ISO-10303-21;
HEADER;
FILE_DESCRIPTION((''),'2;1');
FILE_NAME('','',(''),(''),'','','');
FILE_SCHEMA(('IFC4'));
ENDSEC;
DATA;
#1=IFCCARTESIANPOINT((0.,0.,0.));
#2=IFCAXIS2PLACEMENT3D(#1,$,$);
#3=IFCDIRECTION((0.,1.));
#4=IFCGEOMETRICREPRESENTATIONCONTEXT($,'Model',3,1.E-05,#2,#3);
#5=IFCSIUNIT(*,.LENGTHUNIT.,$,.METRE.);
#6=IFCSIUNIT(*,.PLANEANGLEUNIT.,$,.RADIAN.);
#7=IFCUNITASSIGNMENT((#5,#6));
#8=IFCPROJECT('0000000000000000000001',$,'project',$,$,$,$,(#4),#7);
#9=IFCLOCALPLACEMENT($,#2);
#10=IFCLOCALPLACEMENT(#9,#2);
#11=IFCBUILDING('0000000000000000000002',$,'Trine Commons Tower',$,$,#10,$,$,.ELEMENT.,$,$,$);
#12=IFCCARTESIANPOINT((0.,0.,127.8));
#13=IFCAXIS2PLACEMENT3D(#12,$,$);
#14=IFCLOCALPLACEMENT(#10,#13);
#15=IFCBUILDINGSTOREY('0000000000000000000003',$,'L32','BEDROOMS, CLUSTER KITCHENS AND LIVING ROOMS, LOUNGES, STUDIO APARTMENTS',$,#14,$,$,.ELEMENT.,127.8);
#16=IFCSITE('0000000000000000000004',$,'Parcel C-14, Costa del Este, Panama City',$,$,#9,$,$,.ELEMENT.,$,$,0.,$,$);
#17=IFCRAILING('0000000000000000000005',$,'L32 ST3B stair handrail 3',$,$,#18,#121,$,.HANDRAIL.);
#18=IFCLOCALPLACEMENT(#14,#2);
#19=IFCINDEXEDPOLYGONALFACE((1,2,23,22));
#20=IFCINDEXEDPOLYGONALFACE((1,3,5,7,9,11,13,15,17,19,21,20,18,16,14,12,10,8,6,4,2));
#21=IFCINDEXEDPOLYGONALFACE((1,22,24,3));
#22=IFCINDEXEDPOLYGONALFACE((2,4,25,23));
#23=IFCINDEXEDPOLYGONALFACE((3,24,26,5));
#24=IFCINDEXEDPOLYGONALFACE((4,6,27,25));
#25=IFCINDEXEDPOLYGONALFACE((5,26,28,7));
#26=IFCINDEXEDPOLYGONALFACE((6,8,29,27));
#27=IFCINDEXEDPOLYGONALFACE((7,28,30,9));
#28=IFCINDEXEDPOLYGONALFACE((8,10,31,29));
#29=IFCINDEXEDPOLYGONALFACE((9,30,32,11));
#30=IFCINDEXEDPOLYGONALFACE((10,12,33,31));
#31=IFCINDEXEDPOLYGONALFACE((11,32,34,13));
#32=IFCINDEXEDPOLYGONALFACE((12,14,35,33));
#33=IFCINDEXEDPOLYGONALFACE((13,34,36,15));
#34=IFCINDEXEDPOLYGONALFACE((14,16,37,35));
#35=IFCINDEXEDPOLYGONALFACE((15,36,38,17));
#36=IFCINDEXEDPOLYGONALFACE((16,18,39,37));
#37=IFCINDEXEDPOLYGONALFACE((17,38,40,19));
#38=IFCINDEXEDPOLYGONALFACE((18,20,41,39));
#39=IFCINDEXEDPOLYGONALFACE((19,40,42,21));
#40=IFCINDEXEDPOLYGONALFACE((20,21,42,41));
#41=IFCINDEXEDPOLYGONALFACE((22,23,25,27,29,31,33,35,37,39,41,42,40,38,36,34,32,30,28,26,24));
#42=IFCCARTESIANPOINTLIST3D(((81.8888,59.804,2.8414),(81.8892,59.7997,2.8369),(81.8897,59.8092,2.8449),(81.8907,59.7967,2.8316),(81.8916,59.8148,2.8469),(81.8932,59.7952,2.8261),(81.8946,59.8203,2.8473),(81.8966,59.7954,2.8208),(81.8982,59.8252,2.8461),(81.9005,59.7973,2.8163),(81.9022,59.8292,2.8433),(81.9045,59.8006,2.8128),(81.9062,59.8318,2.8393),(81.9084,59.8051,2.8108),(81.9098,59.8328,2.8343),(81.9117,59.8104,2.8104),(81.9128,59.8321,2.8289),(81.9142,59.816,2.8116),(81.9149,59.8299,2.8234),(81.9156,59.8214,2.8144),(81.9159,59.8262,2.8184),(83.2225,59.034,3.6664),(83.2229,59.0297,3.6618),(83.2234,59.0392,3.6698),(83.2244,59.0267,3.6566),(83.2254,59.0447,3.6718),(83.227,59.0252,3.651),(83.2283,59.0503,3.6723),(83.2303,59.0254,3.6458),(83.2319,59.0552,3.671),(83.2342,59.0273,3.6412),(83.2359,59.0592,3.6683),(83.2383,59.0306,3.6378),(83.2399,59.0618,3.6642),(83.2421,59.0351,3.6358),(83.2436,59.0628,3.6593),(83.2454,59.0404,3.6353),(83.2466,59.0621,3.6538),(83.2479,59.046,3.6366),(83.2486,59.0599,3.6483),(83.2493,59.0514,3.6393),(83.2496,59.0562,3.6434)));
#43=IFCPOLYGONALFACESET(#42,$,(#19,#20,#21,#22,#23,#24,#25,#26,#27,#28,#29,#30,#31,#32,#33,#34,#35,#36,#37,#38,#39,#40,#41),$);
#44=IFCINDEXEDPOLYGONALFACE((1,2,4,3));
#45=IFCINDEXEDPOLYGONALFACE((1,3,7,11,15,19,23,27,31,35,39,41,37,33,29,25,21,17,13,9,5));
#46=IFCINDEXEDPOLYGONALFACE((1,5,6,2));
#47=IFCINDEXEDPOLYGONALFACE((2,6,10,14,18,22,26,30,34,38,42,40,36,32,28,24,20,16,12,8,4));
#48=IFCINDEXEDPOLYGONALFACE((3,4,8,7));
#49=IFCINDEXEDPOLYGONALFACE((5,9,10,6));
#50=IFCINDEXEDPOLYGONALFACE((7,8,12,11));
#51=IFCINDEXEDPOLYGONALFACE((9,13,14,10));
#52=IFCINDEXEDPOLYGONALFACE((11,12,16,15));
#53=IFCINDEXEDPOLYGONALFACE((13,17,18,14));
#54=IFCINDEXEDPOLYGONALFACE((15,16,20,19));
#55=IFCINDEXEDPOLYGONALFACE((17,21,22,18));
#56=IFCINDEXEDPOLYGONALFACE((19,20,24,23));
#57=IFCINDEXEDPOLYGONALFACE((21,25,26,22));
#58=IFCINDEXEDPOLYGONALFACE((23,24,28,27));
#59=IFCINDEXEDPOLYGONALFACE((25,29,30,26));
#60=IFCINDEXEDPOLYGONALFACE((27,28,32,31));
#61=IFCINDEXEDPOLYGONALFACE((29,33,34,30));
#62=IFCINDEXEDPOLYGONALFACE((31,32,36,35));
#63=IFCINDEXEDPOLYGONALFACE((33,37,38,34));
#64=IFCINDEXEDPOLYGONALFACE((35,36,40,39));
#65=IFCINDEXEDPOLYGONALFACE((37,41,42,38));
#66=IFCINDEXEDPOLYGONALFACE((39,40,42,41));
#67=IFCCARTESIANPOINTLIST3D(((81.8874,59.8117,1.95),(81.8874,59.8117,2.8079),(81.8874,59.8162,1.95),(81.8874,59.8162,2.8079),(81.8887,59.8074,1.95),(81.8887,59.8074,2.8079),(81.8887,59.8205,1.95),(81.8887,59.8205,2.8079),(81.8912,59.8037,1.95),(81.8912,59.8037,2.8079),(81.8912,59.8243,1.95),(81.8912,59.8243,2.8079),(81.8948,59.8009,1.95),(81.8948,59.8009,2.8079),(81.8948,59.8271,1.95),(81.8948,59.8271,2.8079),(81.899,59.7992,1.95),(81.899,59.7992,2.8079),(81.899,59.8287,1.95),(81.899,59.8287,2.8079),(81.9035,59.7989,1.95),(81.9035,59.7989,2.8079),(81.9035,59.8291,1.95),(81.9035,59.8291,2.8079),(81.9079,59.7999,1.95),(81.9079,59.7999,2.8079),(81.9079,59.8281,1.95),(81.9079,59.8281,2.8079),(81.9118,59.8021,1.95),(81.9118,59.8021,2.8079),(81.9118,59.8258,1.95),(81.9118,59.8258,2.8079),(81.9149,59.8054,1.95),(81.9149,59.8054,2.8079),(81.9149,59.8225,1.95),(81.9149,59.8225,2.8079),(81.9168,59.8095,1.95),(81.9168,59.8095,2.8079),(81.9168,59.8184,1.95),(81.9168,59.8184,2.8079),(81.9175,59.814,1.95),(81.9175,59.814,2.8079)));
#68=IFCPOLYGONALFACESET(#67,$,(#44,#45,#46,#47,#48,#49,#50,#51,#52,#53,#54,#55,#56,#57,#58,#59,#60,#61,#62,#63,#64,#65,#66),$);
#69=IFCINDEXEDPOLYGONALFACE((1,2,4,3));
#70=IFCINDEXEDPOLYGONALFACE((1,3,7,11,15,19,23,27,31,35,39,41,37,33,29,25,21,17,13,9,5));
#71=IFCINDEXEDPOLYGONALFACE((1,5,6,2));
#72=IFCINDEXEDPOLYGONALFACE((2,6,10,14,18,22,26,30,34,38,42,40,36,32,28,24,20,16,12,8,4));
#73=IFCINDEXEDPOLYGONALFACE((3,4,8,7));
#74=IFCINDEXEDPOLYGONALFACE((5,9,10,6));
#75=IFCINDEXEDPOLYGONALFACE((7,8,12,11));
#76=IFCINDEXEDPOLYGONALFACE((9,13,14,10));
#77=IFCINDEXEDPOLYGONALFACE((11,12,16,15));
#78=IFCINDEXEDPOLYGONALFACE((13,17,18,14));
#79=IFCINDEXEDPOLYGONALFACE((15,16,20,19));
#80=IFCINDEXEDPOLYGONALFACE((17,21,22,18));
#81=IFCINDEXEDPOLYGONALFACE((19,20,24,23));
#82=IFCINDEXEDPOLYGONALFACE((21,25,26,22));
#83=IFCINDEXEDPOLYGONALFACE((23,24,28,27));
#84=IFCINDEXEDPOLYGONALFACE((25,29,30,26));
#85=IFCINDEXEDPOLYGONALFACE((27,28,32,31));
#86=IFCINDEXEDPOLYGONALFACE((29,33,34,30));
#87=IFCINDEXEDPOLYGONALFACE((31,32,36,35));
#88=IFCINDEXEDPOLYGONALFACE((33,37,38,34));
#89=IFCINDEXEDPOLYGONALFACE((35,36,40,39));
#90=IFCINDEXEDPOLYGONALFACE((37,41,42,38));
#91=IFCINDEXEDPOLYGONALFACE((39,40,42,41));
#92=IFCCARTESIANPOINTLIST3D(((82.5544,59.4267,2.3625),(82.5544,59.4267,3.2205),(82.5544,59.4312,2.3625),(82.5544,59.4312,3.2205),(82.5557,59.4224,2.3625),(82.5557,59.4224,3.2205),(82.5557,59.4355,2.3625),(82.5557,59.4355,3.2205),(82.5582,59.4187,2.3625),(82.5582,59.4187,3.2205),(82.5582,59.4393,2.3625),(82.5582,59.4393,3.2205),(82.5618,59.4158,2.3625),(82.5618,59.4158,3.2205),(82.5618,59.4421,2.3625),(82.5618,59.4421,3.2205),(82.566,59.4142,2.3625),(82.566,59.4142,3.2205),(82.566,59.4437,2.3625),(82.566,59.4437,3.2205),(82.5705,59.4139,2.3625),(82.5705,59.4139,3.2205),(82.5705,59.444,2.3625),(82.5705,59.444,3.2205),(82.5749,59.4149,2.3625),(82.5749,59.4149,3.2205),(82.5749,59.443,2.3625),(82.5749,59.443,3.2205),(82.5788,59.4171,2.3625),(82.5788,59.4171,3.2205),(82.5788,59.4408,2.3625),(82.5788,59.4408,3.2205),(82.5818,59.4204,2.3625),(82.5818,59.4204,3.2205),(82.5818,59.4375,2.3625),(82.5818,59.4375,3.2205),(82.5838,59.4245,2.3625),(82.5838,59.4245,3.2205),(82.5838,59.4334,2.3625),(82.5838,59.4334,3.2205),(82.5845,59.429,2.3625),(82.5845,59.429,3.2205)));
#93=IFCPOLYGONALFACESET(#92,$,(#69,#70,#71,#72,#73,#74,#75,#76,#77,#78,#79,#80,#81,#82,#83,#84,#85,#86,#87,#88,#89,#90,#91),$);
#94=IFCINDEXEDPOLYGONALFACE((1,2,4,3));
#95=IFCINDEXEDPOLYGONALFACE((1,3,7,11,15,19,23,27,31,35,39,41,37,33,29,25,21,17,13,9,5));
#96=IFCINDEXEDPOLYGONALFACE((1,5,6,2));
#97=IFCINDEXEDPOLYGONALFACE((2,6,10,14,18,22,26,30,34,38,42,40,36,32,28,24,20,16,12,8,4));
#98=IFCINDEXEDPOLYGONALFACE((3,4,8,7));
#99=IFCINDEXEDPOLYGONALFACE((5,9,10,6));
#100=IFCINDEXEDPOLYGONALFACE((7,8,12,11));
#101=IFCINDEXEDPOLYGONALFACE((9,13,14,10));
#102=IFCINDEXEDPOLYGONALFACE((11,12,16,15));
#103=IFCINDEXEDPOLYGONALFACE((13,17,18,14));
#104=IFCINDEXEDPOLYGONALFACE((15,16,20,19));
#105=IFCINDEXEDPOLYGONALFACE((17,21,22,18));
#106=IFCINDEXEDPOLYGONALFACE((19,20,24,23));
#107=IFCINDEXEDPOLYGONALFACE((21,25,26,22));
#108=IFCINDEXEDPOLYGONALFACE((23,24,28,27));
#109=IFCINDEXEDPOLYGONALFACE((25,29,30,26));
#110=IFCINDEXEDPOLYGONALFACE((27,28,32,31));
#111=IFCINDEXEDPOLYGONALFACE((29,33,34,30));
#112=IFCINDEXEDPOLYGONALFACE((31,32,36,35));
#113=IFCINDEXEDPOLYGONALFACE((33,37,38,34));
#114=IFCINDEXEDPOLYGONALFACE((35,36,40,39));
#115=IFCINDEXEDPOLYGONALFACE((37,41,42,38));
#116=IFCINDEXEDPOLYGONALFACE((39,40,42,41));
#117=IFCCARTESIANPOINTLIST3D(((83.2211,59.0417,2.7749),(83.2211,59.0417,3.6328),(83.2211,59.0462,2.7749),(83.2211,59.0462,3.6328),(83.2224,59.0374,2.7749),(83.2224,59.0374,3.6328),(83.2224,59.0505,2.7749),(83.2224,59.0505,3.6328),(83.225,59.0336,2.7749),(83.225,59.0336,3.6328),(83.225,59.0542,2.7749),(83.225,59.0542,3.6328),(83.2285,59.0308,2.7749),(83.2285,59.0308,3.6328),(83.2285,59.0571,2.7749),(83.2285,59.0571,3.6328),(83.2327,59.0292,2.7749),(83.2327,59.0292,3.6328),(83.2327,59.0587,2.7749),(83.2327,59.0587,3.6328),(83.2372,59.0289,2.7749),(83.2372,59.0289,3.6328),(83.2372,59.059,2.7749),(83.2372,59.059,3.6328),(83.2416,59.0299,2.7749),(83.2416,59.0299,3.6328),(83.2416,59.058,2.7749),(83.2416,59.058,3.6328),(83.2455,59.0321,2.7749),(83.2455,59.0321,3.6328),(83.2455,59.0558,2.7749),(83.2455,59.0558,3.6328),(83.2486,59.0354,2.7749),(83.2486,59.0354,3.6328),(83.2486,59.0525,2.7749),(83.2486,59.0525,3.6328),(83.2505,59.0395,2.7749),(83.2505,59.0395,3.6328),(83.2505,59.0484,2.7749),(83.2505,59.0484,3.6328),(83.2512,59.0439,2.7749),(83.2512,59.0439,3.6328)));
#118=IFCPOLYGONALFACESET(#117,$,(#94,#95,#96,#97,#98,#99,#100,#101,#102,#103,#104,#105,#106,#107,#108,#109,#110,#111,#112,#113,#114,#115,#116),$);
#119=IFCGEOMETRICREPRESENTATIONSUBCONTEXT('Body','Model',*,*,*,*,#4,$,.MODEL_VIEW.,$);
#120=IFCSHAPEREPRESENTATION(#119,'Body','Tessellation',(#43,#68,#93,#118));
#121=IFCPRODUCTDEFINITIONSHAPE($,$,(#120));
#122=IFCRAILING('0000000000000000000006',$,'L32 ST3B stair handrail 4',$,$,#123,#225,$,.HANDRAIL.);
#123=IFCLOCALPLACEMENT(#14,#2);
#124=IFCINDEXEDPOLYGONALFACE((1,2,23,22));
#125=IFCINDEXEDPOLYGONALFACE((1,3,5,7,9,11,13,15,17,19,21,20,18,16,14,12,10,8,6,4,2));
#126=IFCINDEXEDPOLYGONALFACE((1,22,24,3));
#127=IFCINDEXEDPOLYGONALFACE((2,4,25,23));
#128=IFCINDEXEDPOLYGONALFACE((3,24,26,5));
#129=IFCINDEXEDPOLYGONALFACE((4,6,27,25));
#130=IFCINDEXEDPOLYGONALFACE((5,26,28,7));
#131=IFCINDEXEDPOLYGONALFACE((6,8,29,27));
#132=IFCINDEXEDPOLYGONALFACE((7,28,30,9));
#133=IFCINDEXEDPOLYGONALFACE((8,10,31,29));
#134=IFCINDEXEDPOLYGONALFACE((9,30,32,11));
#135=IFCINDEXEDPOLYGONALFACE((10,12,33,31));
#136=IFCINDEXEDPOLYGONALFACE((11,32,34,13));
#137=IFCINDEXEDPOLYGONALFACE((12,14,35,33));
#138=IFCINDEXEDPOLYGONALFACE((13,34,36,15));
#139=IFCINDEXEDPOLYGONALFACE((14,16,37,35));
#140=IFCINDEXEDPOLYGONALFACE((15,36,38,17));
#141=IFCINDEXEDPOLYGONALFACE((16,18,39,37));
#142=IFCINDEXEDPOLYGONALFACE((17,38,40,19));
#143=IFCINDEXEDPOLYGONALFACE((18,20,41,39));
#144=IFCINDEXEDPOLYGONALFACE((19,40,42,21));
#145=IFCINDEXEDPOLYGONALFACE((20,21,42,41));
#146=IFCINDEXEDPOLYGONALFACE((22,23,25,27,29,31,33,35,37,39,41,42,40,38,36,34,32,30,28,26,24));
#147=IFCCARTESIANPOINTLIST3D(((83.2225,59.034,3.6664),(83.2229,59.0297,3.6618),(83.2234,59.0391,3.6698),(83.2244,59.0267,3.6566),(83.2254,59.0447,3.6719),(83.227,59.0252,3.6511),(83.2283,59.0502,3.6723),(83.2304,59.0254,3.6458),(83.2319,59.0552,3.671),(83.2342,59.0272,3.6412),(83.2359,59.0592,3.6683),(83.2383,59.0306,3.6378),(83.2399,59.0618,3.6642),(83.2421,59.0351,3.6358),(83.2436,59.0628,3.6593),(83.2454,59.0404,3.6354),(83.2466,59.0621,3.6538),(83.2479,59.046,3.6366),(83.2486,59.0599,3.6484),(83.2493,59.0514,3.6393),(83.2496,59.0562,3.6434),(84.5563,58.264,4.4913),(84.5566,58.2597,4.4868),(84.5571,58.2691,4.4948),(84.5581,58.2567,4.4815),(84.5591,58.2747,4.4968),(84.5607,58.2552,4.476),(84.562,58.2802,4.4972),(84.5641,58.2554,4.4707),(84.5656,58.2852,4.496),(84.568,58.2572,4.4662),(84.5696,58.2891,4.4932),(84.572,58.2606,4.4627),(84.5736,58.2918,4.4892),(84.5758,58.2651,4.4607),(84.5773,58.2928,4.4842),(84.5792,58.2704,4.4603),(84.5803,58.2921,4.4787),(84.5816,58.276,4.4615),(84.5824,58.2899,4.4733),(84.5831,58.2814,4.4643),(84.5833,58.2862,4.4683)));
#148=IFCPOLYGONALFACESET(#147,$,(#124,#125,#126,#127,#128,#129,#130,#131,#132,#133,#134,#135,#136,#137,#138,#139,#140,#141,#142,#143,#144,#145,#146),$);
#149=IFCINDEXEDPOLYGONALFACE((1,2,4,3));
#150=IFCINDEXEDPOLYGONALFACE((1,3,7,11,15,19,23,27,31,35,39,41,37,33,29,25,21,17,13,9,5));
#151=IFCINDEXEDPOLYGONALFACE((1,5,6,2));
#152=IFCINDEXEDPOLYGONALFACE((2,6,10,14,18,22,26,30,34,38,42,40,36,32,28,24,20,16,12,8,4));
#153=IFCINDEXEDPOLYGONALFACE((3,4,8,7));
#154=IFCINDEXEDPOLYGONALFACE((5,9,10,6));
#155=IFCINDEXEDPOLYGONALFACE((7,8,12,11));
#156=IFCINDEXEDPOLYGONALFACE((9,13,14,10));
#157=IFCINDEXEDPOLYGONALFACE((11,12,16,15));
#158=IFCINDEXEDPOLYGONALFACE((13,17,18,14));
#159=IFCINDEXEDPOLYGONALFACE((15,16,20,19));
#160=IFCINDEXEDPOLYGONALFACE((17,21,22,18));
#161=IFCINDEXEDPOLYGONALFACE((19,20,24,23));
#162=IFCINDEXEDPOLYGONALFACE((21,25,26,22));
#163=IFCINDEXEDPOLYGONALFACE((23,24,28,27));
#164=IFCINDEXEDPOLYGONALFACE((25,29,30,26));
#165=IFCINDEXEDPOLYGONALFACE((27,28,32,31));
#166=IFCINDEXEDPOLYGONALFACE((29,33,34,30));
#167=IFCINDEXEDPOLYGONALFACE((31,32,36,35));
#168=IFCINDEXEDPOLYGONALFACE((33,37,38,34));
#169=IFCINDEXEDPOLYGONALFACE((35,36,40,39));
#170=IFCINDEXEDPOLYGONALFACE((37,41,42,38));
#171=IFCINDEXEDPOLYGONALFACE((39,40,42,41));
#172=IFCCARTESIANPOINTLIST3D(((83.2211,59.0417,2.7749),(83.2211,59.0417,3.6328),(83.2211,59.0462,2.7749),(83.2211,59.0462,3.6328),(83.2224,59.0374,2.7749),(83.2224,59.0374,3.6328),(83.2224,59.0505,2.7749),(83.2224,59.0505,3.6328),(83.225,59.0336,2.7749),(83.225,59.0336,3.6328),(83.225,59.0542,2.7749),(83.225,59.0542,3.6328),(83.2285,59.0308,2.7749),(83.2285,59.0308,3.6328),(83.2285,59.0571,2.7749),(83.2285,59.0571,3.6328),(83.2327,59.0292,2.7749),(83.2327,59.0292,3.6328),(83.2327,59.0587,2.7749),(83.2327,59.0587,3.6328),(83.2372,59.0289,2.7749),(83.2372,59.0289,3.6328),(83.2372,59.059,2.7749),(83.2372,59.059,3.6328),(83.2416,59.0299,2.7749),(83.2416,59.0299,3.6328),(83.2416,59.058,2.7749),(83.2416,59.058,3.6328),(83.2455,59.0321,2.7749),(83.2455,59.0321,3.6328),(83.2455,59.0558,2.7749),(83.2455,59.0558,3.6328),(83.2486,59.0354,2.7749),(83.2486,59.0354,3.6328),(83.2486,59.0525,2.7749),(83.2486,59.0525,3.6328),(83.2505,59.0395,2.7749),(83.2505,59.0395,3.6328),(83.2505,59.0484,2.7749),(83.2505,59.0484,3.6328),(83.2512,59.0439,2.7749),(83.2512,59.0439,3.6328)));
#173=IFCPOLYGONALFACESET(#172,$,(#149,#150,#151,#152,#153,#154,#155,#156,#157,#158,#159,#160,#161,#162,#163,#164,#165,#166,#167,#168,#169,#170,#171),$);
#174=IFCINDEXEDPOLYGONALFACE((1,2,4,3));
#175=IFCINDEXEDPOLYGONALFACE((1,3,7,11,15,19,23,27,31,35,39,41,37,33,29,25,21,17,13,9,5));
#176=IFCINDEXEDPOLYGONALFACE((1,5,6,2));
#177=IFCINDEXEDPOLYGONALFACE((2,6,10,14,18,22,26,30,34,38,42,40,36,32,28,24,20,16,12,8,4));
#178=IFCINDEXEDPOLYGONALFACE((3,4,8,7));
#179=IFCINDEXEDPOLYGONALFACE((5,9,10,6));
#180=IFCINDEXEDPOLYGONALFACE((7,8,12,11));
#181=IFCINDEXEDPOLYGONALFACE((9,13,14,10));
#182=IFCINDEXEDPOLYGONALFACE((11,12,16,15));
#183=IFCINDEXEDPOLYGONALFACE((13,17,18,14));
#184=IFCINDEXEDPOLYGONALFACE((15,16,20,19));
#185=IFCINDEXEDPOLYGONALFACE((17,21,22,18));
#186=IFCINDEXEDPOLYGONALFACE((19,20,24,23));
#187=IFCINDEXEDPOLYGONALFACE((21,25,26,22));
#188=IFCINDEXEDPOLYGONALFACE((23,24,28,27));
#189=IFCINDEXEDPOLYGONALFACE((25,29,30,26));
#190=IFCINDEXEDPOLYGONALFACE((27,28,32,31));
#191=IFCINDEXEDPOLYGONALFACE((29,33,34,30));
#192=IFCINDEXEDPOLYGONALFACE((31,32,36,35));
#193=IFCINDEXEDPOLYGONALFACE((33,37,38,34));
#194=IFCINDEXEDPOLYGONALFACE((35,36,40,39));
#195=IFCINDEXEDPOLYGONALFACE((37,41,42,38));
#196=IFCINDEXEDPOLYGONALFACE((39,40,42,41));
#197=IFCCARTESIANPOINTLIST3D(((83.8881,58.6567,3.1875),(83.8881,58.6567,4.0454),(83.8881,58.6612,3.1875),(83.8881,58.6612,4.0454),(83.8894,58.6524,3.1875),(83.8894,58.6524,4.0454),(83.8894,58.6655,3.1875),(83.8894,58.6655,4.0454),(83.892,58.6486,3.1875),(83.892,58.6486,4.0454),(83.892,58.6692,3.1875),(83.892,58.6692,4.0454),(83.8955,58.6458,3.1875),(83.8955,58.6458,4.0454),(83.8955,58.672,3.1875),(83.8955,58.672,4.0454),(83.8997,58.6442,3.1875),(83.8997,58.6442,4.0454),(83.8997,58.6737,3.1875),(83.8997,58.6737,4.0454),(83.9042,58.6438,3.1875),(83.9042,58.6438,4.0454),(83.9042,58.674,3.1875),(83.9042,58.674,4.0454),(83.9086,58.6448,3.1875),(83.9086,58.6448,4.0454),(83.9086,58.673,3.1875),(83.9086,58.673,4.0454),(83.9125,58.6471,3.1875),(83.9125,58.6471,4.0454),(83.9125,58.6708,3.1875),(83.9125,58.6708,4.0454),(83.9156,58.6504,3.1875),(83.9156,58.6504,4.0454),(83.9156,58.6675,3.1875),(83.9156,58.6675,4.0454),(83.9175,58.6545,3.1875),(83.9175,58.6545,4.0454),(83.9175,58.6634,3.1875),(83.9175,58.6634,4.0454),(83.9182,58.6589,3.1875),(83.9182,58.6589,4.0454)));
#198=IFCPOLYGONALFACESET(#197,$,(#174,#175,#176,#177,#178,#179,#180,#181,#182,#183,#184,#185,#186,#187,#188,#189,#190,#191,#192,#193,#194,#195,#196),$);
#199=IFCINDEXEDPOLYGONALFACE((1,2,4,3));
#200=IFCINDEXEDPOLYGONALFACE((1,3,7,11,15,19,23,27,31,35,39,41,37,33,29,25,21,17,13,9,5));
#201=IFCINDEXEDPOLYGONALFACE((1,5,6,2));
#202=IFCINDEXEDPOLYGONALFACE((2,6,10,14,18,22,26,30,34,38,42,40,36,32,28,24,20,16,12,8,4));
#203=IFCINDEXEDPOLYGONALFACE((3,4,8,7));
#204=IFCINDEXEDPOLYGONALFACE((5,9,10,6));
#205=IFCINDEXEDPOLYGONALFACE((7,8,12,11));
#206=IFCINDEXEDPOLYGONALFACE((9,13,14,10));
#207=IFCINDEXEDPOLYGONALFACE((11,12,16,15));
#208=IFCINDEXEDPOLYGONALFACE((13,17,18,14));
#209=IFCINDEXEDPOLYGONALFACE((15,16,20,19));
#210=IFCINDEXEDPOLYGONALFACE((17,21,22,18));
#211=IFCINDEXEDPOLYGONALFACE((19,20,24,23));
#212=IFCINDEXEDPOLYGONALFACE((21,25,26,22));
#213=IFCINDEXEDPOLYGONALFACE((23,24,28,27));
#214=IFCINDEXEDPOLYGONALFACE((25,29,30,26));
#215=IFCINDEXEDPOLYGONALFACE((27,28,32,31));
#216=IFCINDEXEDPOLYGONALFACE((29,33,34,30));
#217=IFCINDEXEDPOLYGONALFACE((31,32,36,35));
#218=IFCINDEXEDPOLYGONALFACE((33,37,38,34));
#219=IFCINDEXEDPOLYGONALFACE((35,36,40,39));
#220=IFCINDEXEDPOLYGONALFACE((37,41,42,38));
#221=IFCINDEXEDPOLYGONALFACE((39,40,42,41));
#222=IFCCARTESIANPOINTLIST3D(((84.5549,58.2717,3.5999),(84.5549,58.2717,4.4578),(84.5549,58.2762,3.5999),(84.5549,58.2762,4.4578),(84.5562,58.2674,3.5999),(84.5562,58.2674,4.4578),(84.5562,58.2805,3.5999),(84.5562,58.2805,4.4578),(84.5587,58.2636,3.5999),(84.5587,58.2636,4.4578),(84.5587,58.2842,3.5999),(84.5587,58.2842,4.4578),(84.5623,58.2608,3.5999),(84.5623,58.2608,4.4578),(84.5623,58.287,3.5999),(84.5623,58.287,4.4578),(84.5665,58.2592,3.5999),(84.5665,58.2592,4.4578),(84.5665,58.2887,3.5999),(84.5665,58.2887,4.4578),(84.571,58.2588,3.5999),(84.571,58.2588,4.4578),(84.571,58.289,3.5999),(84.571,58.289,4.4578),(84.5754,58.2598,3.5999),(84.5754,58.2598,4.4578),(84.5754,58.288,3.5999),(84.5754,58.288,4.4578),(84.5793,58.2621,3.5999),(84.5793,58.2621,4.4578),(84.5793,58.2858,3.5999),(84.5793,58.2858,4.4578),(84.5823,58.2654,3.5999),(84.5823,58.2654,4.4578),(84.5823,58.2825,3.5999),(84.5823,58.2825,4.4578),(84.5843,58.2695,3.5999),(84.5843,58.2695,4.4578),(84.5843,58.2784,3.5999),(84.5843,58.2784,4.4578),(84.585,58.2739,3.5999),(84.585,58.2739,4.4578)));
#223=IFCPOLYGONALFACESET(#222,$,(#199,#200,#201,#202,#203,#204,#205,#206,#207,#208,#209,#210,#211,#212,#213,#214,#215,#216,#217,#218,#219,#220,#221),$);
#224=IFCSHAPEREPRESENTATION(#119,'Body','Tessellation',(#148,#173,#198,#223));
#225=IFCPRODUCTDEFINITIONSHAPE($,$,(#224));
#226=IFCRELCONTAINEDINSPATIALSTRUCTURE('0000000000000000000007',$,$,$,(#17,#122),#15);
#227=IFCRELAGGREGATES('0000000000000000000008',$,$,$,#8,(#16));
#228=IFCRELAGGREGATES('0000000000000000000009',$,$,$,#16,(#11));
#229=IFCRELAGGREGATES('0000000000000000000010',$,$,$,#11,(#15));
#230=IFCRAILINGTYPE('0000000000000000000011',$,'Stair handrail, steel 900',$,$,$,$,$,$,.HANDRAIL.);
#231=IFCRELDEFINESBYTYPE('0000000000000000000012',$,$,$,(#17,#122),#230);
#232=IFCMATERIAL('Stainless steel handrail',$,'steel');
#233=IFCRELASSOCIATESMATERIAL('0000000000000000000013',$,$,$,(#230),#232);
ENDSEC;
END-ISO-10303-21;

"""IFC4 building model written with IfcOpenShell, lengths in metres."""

from ifc_helpers import new_model, si_unit, direction, frame, origin, origin_2d, place, context, subcontext, project, spatial, circle, extrude, material, type_object, element, save


model = new_model("IFC4")

# Units and contexts
model_context = context("Model", 3, precision=1e-05, world=origin(), true_north=direction((0.0, 1.0)))
body_context = subcontext(model_context, "Body", "Model", "MODEL_VIEW")
ifc_project = project(units=[si_unit("LENGTHUNIT", "METRE"), si_unit("PLANEANGLEUNIT", "RADIAN")], contexts=[model_context])

# Site, building, storey
site_placement = place(None, origin())
site = spatial("IfcSite", under=ifc_project, at=site_placement, Name="Parcel C-14, Costa del Este, Panama City", CompositionType="ELEMENT", RefElevation=0.0)
building_placement = place(site_placement, origin())
building = spatial("IfcBuilding", under=site, at=building_placement, Name="Trine Commons Tower", CompositionType="ELEMENT")
storey_placement = place(building_placement, frame((0.0, 0.0, 127.8)))
storey = spatial("IfcBuildingStorey", under=building, at=storey_placement, Name="L32", Description="BEDROOMS, CLUSTER KITCHENS AND LIVING ROOMS, LOUNGES, STUDIO APARTMENTS", CompositionType="ELEMENT", Elevation=127.8)

# Railings
ifc_material_1 = material(Name="Stainless steel handrail", Category="steel")
railing_type_1 = type_object("IfcRailingType", Name="Stair handrail, steel 900", PredefinedType="HANDRAIL", material=ifc_material_1)
for number, where, name in (
    (1, (81.9023, 59.814, 1.95), "L32 ST3B stair handrail 3"),
    (2, (83.2361, 59.0439, 2.7749), "L32 ST3B stair handrail 4"),
):
    element("IfcRailing", number, at=place(storey_placement, frame(where)), inside=storey, type_object=railing_type_1, Name=name, PredefinedType="HANDRAIL", context=body_context, shape_type="SweptSolid", body=[
        extrude(circle(Radius=0.021, at=origin_2d()), frame((0.0, 0.0, 0.8789), z_axis=(0.763405, -0.440743, 0.472185), x_axis=(0.499992, 0.86603, 0.0)), (0.0, 0.0, 1.0), 1.7471),
        extrude(circle(Radius=0.0151, at=origin_2d()), origin(), (0.0, 0.0, 1.0), 0.8579),
        extrude(circle(Radius=0.0151, at=origin_2d()), frame((0.667, -0.385, 0.4126)), (0.0, 0.0, 1.0), 0.8579),
        extrude(circle(Radius=0.0151, at=origin_2d()), frame((1.3337, -0.77, 0.825)), (0.0, 0.0, 1.0), 0.8579),
    ])

save(model, "model.ifc")
